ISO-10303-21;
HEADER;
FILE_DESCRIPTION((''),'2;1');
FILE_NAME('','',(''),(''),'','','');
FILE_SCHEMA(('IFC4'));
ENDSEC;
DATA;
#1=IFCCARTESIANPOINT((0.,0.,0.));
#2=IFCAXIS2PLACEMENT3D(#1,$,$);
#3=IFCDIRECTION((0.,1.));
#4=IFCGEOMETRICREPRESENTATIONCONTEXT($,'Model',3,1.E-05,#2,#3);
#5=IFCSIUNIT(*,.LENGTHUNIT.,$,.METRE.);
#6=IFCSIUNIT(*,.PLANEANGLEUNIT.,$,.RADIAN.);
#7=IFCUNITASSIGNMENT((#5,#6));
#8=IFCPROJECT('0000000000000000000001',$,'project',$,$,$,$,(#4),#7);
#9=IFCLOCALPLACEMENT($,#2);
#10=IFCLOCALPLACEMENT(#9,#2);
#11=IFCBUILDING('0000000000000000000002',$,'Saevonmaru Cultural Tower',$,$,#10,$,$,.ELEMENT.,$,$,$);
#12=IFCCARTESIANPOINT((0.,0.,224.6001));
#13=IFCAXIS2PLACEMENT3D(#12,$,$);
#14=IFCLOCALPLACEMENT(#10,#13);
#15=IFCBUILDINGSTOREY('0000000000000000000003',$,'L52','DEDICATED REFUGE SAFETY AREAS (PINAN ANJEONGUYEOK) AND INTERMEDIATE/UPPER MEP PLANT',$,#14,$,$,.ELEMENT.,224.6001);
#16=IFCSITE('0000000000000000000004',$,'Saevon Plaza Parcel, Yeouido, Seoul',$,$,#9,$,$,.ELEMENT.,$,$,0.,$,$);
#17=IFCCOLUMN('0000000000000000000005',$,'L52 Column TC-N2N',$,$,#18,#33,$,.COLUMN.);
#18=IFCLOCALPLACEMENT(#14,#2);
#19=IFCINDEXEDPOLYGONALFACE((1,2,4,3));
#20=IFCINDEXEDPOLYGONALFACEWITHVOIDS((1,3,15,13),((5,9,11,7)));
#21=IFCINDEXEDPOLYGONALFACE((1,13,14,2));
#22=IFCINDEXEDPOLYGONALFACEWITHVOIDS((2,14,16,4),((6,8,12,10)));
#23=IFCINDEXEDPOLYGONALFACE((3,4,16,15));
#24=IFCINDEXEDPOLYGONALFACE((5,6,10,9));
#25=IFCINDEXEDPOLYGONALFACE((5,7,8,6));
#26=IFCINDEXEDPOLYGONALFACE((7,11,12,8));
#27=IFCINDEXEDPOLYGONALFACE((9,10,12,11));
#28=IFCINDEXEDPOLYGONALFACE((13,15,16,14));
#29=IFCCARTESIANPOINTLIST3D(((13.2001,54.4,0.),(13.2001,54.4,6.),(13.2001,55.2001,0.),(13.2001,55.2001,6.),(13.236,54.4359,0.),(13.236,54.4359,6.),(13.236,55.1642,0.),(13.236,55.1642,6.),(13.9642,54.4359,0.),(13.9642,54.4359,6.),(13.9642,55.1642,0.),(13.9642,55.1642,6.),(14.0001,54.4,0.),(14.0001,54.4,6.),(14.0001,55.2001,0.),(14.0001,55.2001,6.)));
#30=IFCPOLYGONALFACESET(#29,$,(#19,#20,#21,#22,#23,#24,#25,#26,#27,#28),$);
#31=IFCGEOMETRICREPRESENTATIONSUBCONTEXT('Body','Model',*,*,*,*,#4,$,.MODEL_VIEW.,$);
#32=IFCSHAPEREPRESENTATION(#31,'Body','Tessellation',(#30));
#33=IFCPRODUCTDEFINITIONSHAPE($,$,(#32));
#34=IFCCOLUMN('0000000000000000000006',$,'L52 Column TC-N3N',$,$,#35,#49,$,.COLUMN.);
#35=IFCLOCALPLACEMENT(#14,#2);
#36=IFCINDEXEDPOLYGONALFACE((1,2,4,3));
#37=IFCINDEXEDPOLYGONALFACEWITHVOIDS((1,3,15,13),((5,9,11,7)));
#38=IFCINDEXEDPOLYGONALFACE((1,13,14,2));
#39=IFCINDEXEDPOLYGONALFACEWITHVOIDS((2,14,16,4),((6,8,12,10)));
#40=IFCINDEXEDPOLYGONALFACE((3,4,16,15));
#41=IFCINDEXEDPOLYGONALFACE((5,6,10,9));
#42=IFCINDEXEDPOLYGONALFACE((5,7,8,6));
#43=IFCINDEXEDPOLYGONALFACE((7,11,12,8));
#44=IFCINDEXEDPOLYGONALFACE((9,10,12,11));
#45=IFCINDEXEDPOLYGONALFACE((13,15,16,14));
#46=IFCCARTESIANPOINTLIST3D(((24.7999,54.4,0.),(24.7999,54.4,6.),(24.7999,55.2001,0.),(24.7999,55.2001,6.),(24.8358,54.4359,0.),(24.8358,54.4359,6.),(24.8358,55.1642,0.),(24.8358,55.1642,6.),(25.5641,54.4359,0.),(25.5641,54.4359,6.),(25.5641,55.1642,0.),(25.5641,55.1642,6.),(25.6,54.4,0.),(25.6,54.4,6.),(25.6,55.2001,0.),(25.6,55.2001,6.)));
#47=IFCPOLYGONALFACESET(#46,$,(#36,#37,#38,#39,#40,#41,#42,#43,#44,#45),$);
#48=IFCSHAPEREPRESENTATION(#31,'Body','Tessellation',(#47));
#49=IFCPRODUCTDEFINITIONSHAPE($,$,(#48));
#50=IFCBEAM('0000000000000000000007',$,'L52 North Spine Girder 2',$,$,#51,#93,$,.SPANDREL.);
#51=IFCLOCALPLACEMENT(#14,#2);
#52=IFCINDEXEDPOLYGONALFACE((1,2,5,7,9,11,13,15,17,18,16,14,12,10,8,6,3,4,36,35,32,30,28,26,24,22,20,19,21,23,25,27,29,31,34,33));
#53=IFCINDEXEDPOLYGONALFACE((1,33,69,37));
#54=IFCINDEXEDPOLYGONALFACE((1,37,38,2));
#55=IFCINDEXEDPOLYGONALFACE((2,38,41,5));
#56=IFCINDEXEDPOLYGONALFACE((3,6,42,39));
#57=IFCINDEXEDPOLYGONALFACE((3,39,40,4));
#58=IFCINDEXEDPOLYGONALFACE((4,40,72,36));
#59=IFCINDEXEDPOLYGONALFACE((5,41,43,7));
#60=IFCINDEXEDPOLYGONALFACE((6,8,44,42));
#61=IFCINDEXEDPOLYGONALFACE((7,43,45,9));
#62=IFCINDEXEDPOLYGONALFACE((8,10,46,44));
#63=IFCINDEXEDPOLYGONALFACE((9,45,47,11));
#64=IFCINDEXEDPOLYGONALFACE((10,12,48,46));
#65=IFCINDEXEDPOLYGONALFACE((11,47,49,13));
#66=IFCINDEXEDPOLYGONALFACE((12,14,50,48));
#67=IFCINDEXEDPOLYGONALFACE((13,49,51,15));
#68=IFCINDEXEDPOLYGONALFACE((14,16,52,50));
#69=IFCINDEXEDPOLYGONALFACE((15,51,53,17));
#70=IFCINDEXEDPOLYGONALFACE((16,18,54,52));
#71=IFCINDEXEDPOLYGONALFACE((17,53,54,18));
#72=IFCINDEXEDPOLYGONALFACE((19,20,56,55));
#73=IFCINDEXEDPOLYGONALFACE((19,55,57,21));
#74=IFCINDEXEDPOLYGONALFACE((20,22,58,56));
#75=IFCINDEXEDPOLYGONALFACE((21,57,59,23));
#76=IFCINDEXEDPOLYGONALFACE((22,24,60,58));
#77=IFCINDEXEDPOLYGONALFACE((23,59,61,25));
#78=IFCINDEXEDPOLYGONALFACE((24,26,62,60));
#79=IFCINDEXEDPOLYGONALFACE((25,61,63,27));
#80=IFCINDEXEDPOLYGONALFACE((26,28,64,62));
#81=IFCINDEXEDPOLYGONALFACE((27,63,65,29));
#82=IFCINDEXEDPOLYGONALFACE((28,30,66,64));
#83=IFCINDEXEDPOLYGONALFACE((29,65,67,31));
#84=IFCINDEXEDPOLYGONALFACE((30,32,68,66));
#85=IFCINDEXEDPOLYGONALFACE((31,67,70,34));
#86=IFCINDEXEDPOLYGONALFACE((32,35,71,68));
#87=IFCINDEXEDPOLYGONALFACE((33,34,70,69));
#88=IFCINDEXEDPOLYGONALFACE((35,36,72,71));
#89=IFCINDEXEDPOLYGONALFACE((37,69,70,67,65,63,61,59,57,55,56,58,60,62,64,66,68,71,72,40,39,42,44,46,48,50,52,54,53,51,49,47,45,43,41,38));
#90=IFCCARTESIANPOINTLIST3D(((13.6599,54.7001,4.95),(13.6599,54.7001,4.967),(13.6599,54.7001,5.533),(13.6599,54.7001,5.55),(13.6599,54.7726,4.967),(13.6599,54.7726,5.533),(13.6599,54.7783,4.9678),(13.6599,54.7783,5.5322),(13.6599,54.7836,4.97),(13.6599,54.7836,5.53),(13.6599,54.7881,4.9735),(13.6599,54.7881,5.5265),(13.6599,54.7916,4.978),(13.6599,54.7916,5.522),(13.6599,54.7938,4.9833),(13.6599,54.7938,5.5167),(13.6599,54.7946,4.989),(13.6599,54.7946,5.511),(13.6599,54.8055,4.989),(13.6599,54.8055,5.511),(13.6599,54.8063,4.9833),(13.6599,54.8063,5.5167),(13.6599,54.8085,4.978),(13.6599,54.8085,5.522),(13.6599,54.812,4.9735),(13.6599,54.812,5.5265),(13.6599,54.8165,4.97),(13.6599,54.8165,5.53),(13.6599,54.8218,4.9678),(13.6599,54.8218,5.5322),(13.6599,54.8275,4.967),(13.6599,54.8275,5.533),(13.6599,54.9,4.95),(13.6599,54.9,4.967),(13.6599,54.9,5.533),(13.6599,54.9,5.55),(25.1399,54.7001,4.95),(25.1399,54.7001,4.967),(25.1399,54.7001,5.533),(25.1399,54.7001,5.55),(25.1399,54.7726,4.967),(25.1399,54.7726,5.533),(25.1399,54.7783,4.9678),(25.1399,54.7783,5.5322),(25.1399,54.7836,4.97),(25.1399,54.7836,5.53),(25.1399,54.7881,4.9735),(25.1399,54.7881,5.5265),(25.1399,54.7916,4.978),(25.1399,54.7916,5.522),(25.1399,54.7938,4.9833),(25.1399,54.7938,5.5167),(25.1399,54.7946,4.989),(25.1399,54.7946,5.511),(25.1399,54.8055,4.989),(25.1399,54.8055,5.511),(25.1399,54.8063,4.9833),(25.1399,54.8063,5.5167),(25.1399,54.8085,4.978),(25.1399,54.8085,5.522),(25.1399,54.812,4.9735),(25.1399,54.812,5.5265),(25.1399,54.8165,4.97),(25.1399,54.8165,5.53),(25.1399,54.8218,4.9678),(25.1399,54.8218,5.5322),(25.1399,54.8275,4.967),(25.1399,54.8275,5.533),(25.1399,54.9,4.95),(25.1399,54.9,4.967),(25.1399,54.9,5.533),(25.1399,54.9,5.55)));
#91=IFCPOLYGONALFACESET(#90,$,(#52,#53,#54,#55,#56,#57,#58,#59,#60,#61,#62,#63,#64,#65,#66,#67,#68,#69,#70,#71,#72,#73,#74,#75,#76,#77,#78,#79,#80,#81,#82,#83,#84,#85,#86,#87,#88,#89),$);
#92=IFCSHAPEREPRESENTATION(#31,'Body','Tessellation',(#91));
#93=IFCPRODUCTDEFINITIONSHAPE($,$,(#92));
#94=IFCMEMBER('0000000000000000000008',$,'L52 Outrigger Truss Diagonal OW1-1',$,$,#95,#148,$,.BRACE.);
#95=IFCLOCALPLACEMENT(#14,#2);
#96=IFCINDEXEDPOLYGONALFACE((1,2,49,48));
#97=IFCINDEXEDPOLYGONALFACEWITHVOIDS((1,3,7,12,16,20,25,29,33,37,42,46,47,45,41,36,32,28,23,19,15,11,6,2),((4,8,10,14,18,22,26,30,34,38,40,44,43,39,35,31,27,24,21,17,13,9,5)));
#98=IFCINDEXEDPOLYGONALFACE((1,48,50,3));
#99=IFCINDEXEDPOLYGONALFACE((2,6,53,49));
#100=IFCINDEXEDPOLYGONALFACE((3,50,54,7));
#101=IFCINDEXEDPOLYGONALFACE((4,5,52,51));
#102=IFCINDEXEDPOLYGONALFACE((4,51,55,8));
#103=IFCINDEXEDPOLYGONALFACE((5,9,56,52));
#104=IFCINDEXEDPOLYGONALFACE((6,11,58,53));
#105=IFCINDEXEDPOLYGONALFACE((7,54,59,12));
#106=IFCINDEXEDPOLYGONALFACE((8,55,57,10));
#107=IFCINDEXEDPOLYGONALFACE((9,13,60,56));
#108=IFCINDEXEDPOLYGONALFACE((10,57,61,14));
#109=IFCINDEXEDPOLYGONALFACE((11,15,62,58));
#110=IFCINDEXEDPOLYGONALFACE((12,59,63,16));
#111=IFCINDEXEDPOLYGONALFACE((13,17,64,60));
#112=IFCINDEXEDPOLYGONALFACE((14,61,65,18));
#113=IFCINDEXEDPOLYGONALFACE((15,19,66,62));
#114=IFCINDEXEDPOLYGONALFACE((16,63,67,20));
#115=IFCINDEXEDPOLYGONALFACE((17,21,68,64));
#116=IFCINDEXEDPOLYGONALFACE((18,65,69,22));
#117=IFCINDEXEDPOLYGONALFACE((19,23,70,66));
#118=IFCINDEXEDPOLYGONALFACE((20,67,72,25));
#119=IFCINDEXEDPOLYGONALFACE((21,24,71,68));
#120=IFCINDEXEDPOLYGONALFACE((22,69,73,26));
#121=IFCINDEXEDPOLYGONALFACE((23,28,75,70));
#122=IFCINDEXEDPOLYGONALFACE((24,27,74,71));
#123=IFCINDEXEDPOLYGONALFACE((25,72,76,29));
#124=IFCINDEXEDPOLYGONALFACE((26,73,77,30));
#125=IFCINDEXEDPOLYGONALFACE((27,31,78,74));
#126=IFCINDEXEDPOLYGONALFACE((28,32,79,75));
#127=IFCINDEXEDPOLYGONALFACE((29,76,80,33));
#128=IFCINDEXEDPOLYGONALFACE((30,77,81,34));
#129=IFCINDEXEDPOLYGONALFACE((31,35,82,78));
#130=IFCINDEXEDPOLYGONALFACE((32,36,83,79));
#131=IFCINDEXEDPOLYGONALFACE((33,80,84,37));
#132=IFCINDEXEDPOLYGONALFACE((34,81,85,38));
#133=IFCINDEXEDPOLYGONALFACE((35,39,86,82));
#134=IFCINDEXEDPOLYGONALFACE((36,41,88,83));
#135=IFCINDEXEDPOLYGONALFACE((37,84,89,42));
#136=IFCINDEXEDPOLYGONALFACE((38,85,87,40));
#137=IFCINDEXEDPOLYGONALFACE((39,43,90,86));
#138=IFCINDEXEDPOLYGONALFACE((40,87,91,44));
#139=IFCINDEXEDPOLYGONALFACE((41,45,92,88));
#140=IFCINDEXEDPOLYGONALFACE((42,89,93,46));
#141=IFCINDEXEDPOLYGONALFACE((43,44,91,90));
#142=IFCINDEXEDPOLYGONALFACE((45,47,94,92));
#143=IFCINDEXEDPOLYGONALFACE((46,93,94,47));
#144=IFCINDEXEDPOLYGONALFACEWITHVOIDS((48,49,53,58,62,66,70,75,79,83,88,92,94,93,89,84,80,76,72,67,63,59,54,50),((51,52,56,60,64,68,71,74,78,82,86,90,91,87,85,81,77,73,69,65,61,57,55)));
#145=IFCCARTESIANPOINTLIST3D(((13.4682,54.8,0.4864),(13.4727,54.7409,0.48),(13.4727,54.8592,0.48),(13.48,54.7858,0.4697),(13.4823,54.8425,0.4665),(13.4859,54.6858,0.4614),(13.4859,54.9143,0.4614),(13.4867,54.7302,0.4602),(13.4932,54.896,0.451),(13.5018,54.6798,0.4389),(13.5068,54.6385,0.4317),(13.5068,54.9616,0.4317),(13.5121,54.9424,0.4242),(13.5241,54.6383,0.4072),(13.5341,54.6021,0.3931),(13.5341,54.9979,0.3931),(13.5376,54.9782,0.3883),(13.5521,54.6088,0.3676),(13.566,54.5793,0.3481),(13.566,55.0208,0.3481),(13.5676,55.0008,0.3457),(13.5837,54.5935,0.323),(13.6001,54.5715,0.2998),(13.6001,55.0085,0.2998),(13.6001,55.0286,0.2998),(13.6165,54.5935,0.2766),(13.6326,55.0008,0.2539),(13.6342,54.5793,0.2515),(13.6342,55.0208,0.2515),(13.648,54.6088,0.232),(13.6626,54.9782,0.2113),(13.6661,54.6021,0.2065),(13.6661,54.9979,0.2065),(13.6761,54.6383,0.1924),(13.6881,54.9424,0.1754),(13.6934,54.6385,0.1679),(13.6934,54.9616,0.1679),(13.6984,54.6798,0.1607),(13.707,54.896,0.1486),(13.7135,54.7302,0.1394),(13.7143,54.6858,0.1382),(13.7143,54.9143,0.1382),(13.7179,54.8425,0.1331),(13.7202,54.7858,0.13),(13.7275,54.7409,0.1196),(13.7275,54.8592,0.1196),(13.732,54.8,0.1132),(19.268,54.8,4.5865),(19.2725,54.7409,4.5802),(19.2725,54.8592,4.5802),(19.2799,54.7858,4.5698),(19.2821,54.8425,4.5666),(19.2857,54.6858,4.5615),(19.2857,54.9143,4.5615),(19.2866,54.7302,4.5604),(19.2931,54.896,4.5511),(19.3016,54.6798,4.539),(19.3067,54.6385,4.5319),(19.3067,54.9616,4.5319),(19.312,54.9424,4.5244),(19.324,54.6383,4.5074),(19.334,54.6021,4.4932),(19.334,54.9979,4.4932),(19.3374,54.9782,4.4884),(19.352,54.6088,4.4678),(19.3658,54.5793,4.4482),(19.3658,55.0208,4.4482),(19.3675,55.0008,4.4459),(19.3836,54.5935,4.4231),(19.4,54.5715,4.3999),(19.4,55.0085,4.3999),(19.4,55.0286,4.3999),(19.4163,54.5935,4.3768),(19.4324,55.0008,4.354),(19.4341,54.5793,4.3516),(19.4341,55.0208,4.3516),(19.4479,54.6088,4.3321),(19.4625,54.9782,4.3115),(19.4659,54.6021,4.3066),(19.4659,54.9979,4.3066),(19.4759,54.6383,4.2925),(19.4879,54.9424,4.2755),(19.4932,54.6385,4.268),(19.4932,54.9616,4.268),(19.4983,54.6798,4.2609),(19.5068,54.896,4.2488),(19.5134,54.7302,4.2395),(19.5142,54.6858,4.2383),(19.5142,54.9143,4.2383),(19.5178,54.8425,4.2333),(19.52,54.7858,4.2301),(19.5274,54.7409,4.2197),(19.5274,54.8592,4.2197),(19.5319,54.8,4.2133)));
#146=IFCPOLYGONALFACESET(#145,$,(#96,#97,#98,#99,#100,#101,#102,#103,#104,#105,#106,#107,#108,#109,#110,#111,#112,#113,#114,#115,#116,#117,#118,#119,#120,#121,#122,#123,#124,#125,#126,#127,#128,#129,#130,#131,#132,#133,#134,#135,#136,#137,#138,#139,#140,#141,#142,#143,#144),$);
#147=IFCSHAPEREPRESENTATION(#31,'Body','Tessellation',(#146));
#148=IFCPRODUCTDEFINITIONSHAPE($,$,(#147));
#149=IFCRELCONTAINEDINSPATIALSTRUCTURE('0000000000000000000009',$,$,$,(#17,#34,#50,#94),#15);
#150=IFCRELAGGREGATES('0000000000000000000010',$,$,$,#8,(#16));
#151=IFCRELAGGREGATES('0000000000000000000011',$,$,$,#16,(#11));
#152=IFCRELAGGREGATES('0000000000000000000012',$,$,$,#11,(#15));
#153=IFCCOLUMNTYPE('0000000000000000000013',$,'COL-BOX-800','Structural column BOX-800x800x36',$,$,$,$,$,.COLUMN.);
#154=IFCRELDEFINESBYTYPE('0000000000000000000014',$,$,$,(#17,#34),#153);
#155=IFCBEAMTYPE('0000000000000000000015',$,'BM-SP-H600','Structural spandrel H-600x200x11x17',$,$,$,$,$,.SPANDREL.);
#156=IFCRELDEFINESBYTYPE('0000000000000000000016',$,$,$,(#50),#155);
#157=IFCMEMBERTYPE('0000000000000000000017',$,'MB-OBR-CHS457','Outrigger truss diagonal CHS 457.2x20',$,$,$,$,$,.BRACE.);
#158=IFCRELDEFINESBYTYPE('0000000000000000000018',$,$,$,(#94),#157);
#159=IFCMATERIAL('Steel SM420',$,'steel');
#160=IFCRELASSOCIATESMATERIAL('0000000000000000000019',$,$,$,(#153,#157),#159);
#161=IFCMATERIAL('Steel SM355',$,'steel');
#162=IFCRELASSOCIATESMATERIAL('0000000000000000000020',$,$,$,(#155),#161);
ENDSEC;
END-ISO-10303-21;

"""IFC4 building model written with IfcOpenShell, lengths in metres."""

from ifc_helpers import new_model, si_unit, direction, frame, origin, origin_2d, place, context, subcontext, project, spatial, hollow_rectangle, hollow_circle, i_section, extrude, material, material_profile, profile_set, type_object, element, save


model = new_model("IFC4")

# Units and contexts
model_context = context("Model", 3, precision=1e-05, world=origin(), true_north=direction((0.0, 1.0)))
body_context = subcontext(model_context, "Body", "Model", "MODEL_VIEW")
ifc_project = project(units=[si_unit("LENGTHUNIT", "METRE"), si_unit("PLANEANGLEUNIT", "RADIAN")], contexts=[model_context])

# Site, building, storey
site_placement = place(None, origin())
site = spatial("IfcSite", under=ifc_project, at=site_placement, Name="Saevon Plaza Parcel, Yeouido, Seoul", CompositionType="ELEMENT", RefElevation=0.0)
building_placement = place(site_placement, origin())
building = spatial("IfcBuilding", under=site, at=building_placement, Name="Saevonmaru Cultural Tower", CompositionType="ELEMENT")
storey_placement = place(building_placement, frame((0.0, 0.0, 224.6001)))
storey = spatial("IfcBuildingStorey", under=building, at=storey_placement, Name="L52", Description="DEDICATED REFUGE SAFETY AREAS (PINAN ANJEONGUYEOK) AND INTERMEDIATE/UPPER MEP PLANT", CompositionType="ELEMENT", Elevation=224.6001)

# Columns
ifc_material_1 = material(Name="Steel SM420", Category="steel")
ifc_material_profile_1 = material_profile(ifc_material_1, hollow_rectangle(XDim=0.8, YDim=0.8, WallThickness=0.0359, at=origin_2d()), Name="BOX-800x800x36")
ifc_profile_set_1 = profile_set([ifc_material_profile_1], Name="Steel SM420")
column_type = type_object("IfcColumnType", Name="COL-BOX-800", Description="Structural column BOX-800x800x36", PredefinedType="COLUMN", material=ifc_profile_set_1)
for number, where, z_axis, x_axis, name in (
    (1, (13.6001, 54.8, 0.0), (0.0, 0.0, 1.0), (1.0, 0.0, 0.0), "L52 Column TC-N2N"),
    (2, (25.2, 54.8, 0.0), (0.0, 0.0, 1.0), (1.0, 0.0, 0.0), "L52 Column TC-N3N"),
):
    element("IfcColumn", number, at=place(storey_placement, frame(where, z_axis=z_axis, x_axis=x_axis)), inside=storey, type_object=column_type, Name=name, PredefinedType="COLUMN", context=body_context, shape_type="SweptSolid", body=[
        extrude(hollow_rectangle(XDim=0.8, YDim=0.8, WallThickness=0.0359, at=origin_2d()), origin(), (0.0, 0.0, 1.0), 6.0),
    ])

# Beam
ifc_material_2 = material(Name="Steel SM355", Category="steel")
ifc_material_profile_2 = material_profile(ifc_material_2, i_section(OverallWidth=0.2, OverallDepth=0.6001, WebThickness=0.011, FlangeThickness=0.0171, FilletRadius=0.022, at=origin_2d()), Name="H-600x200x11x17")
ifc_profile_set_2 = profile_set([ifc_material_profile_2], Name="Steel SM355")
beam_type = type_object("IfcBeamType", Name="BM-SP-H600", Description="Structural spandrel H-600x200x11x17", PredefinedType="SPANDREL", material=ifc_profile_set_2)
beam_placement = place(storey_placement, frame((13.6599, 54.8, 5.25), z_axis=(1.0, 0.0, 0.0), x_axis=(0.0, 1.0, 0.0)))
element("IfcBeam", 3, at=beam_placement, inside=storey, type_object=beam_type, Name="L52 North Spine Girder 2", PredefinedType="SPANDREL", context=body_context, shape_type="SweptSolid", body=[
    extrude(i_section(OverallWidth=0.2, OverallDepth=0.6001, WebThickness=0.011, FlangeThickness=0.0171, FilletRadius=0.022, at=origin_2d()), origin(), (0.0, 0.0, 1.0), 11.48),
])

# Member
ifc_material_profile_3 = material_profile(ifc_material_1, hollow_circle(Radius=0.2285, WallThickness=0.02, at=origin_2d()), Name="CHS-457.2x20")
ifc_profile_set_3 = profile_set([ifc_material_profile_3], Name="Steel SM420")
member_type_1 = type_object("IfcMemberType", Name="MB-OBR-CHS457", Description="Outrigger truss diagonal CHS 457.2x20", PredefinedType="BRACE", material=ifc_profile_set_3)
member_1_placement = place(storey_placement, frame((13.6001, 54.8, 0.2998), z_axis=(0.816562, 0.0, 0.577258), x_axis=(0.0, 1.0, 0.0)))
element("IfcMember", 4, at=member_1_placement, inside=storey, type_object=member_type_1, Name="L52 Outrigger Truss Diagonal OW1-1", PredefinedType="BRACE", context=body_context, shape_type="SweptSolid", body=[
    extrude(hollow_circle(Radius=0.2285, WallThickness=0.02, at=origin_2d()), origin(), (0.0, 0.0, 1.0), 7.1028),
])

save(model, "model.ifc")
